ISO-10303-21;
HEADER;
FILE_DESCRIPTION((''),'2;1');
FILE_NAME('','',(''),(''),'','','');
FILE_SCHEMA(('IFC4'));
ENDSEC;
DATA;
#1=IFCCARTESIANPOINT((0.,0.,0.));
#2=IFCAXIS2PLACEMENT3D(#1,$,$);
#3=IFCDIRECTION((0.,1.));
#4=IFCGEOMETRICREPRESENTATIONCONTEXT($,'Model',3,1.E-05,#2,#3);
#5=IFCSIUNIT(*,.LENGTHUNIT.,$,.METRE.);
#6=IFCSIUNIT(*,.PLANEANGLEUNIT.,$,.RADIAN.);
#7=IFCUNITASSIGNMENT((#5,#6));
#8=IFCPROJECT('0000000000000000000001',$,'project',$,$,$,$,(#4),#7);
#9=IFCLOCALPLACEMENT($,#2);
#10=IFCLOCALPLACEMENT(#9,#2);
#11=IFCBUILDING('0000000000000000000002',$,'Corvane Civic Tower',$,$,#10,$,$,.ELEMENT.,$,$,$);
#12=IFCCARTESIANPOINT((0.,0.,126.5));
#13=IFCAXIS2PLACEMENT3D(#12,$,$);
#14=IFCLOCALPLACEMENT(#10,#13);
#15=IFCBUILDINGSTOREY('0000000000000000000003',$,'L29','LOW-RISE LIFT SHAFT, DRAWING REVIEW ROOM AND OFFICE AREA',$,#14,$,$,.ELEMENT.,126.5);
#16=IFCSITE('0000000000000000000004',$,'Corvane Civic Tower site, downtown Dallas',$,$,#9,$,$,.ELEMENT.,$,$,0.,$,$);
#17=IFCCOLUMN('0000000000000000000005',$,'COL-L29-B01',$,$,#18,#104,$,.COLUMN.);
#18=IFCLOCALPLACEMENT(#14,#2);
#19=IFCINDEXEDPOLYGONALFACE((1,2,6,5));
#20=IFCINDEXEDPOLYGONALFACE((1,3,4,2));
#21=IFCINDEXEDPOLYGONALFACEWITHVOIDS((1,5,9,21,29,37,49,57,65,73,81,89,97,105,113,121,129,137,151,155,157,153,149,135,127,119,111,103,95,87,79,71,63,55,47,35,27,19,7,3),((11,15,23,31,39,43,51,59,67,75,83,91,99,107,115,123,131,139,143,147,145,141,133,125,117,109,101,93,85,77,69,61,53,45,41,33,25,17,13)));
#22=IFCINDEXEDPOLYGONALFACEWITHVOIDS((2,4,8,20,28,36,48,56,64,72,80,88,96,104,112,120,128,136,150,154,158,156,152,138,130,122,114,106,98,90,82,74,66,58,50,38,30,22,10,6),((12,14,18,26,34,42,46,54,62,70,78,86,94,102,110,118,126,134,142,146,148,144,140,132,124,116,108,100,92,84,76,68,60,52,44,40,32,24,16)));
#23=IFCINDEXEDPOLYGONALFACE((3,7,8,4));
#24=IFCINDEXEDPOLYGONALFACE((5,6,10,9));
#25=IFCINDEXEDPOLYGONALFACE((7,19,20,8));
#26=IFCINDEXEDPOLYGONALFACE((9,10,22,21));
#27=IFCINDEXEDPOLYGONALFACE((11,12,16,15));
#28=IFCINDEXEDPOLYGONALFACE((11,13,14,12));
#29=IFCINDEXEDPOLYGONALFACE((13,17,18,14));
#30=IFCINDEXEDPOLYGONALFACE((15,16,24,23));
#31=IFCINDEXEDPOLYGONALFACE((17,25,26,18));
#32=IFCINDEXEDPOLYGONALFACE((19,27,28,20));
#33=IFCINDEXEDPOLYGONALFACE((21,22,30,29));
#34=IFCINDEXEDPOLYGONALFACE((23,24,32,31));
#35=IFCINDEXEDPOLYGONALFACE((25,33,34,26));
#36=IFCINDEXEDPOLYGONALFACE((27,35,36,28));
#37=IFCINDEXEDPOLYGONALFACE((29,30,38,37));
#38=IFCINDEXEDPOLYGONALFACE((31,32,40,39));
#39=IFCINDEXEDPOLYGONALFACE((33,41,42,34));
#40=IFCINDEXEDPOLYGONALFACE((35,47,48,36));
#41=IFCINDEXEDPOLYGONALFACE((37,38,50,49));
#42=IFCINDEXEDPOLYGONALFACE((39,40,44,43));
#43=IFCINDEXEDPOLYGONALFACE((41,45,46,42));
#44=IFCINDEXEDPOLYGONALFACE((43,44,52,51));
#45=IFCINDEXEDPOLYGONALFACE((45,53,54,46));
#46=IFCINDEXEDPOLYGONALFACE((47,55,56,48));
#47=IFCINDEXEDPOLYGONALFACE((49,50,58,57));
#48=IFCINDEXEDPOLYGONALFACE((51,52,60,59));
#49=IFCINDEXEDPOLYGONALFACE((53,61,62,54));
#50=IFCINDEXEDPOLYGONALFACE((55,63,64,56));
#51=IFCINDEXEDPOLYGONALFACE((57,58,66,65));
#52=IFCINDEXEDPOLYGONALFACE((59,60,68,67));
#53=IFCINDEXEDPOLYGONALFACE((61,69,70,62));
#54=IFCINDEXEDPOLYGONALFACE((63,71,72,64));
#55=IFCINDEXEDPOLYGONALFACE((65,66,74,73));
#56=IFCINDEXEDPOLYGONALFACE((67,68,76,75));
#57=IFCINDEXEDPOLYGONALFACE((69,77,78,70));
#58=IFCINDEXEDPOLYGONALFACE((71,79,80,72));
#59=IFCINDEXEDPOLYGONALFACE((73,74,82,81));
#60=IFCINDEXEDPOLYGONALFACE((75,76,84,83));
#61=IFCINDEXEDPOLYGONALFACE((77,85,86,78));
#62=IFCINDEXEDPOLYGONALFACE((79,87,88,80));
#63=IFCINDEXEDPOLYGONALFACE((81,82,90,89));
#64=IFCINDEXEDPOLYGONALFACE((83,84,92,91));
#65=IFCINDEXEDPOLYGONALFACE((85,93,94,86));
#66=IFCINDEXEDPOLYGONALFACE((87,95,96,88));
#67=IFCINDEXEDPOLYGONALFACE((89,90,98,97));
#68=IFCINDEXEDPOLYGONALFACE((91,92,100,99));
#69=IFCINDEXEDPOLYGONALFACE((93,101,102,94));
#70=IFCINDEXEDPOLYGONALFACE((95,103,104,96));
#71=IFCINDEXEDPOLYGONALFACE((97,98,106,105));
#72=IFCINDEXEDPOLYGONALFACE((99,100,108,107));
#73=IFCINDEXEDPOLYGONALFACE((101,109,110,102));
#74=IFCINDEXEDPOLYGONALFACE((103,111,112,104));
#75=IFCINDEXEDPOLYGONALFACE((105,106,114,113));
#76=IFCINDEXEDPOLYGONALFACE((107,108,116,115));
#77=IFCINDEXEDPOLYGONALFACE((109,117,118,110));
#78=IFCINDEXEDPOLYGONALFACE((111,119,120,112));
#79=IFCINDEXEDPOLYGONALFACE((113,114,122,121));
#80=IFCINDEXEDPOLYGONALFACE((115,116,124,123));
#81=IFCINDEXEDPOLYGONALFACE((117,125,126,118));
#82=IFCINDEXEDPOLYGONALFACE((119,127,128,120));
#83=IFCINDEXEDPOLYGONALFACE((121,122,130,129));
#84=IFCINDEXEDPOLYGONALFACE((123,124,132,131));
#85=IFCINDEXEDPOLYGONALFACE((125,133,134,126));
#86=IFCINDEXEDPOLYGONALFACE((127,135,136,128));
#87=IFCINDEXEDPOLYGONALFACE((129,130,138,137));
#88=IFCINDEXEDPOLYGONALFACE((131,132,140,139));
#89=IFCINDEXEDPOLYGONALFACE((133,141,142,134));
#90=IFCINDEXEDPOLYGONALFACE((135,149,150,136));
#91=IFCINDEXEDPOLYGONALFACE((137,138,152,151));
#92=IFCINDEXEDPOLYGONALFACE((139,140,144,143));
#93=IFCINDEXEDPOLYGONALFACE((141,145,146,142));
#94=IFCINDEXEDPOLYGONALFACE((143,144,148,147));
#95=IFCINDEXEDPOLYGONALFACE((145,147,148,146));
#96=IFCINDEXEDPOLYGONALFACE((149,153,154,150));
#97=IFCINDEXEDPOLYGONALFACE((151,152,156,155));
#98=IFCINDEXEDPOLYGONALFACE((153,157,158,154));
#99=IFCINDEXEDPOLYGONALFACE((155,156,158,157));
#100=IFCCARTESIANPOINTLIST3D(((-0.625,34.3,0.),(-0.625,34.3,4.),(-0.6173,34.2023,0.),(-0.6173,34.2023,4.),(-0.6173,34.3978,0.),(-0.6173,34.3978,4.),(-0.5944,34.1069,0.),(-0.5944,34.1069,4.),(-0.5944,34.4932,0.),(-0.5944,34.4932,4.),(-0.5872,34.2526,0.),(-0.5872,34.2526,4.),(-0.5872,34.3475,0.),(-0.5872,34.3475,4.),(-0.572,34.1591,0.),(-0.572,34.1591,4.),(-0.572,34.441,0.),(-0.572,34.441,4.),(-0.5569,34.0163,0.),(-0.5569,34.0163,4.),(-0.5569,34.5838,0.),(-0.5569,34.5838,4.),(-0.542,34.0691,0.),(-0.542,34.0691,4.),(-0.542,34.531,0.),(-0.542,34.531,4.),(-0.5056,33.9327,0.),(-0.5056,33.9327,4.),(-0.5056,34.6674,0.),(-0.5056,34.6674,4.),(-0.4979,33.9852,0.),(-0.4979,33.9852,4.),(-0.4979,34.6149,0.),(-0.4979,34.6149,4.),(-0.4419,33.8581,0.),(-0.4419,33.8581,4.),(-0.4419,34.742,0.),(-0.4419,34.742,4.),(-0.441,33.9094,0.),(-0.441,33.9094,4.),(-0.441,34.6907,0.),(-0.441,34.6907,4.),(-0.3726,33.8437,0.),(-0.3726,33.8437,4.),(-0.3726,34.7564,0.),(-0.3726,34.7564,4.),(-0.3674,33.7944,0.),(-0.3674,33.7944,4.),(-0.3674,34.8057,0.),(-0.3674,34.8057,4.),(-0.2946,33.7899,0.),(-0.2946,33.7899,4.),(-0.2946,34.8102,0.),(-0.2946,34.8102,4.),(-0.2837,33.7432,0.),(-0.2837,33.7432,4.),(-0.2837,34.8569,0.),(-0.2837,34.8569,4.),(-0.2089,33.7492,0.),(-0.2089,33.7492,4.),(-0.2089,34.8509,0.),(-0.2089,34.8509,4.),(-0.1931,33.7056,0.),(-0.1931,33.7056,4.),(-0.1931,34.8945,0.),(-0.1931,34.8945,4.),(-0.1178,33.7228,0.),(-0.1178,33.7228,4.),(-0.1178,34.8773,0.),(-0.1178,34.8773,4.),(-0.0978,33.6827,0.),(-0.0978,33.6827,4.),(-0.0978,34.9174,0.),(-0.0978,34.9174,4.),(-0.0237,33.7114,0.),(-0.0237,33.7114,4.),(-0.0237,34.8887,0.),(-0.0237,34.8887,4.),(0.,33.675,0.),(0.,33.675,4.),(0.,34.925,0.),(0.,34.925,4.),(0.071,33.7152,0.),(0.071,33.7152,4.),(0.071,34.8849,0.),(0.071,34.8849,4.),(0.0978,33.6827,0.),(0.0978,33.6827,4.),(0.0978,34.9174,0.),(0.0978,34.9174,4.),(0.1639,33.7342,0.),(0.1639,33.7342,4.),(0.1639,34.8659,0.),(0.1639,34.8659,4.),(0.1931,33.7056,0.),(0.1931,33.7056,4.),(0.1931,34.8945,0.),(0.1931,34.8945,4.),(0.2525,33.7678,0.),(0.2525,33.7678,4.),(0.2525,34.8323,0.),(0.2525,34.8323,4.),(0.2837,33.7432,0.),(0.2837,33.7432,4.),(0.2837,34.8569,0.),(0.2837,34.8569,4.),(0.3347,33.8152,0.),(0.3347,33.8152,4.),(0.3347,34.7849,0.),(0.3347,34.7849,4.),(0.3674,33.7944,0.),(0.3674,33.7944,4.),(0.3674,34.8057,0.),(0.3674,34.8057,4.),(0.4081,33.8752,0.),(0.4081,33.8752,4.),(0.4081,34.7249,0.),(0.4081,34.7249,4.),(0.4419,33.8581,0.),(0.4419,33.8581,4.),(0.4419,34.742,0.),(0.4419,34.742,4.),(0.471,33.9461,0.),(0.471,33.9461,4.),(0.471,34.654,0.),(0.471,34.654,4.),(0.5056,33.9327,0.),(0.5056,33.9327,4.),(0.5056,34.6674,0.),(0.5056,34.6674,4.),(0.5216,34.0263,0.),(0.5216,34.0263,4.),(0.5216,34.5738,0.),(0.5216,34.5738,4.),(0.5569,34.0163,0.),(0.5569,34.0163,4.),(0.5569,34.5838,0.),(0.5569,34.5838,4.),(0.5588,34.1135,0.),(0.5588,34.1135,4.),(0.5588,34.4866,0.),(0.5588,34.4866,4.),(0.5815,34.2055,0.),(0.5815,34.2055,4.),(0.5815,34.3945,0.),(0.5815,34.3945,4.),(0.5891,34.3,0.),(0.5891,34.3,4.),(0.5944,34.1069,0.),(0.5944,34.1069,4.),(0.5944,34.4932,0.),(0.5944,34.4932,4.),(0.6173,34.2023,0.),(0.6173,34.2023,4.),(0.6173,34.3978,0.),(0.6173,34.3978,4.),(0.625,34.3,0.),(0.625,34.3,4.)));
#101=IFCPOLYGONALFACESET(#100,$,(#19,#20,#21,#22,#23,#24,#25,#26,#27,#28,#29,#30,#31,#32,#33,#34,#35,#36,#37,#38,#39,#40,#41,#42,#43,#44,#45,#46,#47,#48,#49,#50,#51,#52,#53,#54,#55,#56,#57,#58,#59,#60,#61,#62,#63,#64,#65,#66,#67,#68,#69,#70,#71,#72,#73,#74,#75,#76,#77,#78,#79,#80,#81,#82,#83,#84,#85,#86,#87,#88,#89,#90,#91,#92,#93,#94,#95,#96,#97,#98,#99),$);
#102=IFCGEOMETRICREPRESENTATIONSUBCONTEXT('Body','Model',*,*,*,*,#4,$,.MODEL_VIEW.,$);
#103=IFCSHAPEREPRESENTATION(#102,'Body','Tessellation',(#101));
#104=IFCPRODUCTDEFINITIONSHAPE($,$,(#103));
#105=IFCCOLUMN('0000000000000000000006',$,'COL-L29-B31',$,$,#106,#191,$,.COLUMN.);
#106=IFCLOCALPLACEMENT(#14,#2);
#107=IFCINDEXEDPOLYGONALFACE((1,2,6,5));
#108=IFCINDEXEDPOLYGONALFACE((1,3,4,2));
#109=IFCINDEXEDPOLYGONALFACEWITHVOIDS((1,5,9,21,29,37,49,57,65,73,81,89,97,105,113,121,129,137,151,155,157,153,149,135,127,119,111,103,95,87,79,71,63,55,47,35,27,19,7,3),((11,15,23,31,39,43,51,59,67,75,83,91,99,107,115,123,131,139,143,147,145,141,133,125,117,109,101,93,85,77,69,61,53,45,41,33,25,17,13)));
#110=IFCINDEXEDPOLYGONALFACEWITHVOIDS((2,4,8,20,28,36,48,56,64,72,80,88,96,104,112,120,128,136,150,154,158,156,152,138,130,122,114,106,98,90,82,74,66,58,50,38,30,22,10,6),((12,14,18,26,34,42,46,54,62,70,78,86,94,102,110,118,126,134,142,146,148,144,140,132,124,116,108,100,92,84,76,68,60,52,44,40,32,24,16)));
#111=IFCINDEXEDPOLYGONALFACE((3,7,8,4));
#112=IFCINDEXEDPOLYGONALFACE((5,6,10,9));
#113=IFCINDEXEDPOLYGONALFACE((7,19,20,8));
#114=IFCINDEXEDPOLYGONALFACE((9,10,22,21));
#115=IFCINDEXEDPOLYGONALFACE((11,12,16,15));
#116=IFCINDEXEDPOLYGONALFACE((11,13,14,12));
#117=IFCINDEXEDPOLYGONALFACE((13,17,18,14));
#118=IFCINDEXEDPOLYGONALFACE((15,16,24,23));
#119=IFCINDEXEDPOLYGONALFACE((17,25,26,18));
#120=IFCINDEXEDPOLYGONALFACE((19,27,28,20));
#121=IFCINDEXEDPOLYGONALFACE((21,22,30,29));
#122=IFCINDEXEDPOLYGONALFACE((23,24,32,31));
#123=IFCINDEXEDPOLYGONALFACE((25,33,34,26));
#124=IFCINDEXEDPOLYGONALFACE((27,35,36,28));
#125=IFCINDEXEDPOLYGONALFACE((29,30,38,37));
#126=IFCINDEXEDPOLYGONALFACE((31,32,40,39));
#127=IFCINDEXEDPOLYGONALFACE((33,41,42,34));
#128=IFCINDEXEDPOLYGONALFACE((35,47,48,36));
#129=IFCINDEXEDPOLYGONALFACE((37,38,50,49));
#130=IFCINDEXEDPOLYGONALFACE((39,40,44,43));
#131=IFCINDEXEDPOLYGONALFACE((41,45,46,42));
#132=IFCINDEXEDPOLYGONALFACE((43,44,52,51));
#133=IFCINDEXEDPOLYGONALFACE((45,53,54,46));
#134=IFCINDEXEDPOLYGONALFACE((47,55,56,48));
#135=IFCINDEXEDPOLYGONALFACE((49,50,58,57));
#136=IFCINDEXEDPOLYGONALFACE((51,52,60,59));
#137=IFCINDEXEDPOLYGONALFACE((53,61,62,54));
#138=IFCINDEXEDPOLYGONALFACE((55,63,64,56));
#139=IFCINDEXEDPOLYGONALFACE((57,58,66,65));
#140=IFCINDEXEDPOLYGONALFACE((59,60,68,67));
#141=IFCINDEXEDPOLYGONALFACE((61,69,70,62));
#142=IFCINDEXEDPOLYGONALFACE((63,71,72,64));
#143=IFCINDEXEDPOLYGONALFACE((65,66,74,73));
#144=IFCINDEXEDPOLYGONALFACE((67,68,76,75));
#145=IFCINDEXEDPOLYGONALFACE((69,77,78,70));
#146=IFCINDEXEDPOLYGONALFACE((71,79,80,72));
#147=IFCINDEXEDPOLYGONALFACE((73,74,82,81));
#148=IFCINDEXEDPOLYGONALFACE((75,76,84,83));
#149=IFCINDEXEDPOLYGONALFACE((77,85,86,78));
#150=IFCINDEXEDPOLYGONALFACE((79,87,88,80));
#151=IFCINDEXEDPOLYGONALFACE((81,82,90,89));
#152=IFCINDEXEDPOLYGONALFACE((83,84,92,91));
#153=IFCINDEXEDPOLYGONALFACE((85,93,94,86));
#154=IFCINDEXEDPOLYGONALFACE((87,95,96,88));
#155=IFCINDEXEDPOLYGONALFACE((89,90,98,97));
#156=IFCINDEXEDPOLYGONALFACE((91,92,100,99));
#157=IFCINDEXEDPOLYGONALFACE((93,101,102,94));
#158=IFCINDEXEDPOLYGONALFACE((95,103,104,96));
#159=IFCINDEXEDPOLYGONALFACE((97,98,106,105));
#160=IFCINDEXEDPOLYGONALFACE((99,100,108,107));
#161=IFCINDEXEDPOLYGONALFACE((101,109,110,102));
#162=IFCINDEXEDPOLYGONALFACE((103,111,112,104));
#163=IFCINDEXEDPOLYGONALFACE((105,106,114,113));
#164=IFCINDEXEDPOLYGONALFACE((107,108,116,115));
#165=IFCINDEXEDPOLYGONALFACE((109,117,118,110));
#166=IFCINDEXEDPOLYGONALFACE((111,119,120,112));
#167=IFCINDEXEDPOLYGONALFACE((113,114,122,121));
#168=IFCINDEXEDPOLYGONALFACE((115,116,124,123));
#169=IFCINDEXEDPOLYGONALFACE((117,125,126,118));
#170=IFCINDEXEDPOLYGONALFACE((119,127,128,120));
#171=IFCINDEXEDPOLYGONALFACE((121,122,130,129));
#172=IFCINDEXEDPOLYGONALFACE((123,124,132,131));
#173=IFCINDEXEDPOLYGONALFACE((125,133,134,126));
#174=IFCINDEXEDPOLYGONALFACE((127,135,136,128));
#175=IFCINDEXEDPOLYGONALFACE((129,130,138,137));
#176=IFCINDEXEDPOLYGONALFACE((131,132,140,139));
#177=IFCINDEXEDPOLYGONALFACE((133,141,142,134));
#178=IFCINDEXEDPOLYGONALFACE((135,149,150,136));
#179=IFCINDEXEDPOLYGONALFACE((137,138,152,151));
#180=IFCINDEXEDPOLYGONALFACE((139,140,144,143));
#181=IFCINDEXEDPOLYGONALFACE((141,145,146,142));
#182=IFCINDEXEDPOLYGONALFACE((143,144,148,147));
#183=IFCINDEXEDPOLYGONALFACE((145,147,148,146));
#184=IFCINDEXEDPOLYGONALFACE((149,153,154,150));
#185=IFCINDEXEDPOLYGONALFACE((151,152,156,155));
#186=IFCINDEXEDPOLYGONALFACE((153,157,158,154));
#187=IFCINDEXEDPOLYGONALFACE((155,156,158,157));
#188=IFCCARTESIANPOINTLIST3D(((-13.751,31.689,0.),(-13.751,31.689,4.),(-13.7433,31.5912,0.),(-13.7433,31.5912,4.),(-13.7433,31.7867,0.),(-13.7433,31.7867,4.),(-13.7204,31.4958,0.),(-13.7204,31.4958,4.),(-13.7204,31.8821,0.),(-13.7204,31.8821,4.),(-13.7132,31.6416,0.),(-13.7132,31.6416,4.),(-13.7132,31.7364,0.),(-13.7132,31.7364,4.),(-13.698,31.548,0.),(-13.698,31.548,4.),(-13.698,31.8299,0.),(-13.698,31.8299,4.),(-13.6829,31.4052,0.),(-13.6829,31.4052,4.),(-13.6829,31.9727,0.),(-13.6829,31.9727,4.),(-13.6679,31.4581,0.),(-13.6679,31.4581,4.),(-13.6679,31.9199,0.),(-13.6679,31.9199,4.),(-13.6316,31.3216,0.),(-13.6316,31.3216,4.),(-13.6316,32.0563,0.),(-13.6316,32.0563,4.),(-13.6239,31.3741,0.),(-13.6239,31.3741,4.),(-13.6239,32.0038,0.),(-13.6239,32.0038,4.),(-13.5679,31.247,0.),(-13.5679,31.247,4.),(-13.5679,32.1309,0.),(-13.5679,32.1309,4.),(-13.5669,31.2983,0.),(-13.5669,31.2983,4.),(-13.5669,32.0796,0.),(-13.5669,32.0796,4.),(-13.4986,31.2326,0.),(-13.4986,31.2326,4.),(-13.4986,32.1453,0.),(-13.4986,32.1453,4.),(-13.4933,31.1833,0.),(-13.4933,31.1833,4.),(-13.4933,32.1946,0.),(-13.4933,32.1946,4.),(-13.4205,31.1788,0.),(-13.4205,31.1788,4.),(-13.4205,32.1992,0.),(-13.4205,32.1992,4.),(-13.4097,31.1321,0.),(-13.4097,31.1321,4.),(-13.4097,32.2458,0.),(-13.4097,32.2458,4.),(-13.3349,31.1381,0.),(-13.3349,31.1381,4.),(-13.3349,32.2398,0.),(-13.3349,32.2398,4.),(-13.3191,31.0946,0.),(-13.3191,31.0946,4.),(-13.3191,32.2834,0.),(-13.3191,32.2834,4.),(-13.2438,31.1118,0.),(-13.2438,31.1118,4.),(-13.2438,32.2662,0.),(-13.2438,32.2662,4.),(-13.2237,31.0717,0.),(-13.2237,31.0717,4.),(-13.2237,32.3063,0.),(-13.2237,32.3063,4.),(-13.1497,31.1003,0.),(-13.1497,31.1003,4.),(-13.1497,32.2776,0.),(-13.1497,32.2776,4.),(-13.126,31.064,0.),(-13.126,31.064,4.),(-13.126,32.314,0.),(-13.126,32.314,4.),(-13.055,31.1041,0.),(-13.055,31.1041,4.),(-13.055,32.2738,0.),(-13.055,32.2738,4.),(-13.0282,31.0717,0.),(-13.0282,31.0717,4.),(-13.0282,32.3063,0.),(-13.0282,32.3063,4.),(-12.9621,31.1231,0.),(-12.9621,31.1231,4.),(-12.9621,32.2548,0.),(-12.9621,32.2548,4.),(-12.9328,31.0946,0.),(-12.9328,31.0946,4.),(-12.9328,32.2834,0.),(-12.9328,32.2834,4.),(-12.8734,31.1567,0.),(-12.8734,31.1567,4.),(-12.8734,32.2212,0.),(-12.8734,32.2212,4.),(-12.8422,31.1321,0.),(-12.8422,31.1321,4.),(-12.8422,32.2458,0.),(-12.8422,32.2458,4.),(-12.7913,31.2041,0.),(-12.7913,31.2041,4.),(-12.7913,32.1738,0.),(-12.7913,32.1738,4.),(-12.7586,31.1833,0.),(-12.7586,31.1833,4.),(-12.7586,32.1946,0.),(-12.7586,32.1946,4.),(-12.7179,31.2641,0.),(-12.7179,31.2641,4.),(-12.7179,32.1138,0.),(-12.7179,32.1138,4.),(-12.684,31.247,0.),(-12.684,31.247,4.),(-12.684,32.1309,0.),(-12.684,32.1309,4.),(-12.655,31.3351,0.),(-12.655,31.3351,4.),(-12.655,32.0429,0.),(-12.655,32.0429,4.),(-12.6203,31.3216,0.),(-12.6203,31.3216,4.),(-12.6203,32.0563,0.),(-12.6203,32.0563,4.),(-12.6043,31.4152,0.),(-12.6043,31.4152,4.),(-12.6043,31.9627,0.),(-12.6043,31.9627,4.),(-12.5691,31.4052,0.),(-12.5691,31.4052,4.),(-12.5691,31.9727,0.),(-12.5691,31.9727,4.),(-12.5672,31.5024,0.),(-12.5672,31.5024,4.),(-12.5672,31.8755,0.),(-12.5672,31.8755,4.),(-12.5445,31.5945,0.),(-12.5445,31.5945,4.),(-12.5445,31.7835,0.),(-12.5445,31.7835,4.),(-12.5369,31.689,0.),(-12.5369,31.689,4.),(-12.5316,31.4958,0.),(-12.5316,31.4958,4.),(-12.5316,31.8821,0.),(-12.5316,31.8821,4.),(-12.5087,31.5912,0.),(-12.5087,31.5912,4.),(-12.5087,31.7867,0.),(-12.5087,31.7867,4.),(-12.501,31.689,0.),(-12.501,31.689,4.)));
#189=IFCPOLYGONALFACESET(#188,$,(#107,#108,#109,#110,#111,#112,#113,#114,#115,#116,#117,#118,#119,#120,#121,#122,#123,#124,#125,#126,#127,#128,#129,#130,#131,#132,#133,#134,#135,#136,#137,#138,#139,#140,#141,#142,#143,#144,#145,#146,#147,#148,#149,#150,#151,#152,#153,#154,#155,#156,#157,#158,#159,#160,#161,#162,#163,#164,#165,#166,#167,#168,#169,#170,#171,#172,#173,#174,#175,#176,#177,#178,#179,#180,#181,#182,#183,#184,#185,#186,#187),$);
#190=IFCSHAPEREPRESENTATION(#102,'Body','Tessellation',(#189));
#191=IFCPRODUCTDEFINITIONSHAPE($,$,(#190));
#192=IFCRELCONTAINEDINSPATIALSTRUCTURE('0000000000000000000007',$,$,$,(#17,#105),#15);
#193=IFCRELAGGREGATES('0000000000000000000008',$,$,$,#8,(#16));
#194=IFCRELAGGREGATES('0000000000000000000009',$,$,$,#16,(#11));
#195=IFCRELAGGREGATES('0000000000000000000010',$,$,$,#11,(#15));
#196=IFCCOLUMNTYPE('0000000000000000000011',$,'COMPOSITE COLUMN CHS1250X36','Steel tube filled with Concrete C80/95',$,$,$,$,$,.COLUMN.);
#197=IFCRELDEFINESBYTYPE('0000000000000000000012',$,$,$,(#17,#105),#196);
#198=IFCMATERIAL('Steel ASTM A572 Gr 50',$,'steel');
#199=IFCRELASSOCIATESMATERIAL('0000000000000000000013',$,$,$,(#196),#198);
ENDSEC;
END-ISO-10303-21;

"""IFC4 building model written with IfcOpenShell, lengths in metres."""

from ifc_helpers import new_model, si_unit, direction, frame, origin, origin_2d, place, context, subcontext, project, spatial, hollow_circle, extrude, material, material_profile, profile_set, type_object, element, save


model = new_model("IFC4")

# Units and contexts
model_context = context("Model", 3, precision=1e-05, world=origin(), true_north=direction((0.0, 1.0)))
body_context = subcontext(model_context, "Body", "Model", "MODEL_VIEW")
ifc_project = project(units=[si_unit("LENGTHUNIT", "METRE"), si_unit("PLANEANGLEUNIT", "RADIAN")], contexts=[model_context])

# Site, building, storey
site_placement = place(None, origin())
site = spatial("IfcSite", under=ifc_project, at=site_placement, Name="Corvane Civic Tower site, downtown Dallas", CompositionType="ELEMENT", RefElevation=0.0)
building_placement = place(site_placement, origin())
building = spatial("IfcBuilding", under=site, at=building_placement, Name="Corvane Civic Tower", CompositionType="ELEMENT")
storey_placement = place(building_placement, frame((0.0, 0.0, 126.5)))
storey = spatial("IfcBuildingStorey", under=building, at=storey_placement, Name="L29", Description="LOW-RISE LIFT SHAFT, DRAWING REVIEW ROOM AND OFFICE AREA", CompositionType="ELEMENT", Elevation=126.5)

# Columns
ifc_material_1 = material(Name="Steel ASTM A572 Gr 50", Category="steel")
ifc_material_profile_1 = material_profile(ifc_material_1, hollow_circle(Radius=0.625, WallThickness=0.0359, at=origin_2d()), Name="CHS1250X36")
ifc_profile_set_1 = profile_set([ifc_material_profile_1], Name="Steel ASTM A572 Gr 50")
column_type = type_object("IfcColumnType", Name="COMPOSITE COLUMN CHS1250X36", Description="Steel tube filled with Concrete C80/95", PredefinedType="COLUMN", material=ifc_profile_set_1)
for number, where, z_axis, x_axis, name in (
    (1, (0.0, 34.3, 0.0), (0.0, 0.0, 1.0), (1.0, 0.0, 0.0), "COL-L29-B01"),
    (2, (-13.126, 31.689, 0.0), (0.0, 0.0, 1.0), (1.0, 0.0, 0.0), "COL-L29-B31"),
):
    element("IfcColumn", number, at=place(storey_placement, frame(where, z_axis=z_axis, x_axis=x_axis)), inside=storey, type_object=column_type, Name=name, PredefinedType="COLUMN", context=body_context, shape_type="SweptSolid", body=[
        extrude(hollow_circle(Radius=0.625, WallThickness=0.0359, at=origin_2d()), origin(), (0.0, 0.0, 1.0), 4.0),
    ])

save(model, "model.ifc")
